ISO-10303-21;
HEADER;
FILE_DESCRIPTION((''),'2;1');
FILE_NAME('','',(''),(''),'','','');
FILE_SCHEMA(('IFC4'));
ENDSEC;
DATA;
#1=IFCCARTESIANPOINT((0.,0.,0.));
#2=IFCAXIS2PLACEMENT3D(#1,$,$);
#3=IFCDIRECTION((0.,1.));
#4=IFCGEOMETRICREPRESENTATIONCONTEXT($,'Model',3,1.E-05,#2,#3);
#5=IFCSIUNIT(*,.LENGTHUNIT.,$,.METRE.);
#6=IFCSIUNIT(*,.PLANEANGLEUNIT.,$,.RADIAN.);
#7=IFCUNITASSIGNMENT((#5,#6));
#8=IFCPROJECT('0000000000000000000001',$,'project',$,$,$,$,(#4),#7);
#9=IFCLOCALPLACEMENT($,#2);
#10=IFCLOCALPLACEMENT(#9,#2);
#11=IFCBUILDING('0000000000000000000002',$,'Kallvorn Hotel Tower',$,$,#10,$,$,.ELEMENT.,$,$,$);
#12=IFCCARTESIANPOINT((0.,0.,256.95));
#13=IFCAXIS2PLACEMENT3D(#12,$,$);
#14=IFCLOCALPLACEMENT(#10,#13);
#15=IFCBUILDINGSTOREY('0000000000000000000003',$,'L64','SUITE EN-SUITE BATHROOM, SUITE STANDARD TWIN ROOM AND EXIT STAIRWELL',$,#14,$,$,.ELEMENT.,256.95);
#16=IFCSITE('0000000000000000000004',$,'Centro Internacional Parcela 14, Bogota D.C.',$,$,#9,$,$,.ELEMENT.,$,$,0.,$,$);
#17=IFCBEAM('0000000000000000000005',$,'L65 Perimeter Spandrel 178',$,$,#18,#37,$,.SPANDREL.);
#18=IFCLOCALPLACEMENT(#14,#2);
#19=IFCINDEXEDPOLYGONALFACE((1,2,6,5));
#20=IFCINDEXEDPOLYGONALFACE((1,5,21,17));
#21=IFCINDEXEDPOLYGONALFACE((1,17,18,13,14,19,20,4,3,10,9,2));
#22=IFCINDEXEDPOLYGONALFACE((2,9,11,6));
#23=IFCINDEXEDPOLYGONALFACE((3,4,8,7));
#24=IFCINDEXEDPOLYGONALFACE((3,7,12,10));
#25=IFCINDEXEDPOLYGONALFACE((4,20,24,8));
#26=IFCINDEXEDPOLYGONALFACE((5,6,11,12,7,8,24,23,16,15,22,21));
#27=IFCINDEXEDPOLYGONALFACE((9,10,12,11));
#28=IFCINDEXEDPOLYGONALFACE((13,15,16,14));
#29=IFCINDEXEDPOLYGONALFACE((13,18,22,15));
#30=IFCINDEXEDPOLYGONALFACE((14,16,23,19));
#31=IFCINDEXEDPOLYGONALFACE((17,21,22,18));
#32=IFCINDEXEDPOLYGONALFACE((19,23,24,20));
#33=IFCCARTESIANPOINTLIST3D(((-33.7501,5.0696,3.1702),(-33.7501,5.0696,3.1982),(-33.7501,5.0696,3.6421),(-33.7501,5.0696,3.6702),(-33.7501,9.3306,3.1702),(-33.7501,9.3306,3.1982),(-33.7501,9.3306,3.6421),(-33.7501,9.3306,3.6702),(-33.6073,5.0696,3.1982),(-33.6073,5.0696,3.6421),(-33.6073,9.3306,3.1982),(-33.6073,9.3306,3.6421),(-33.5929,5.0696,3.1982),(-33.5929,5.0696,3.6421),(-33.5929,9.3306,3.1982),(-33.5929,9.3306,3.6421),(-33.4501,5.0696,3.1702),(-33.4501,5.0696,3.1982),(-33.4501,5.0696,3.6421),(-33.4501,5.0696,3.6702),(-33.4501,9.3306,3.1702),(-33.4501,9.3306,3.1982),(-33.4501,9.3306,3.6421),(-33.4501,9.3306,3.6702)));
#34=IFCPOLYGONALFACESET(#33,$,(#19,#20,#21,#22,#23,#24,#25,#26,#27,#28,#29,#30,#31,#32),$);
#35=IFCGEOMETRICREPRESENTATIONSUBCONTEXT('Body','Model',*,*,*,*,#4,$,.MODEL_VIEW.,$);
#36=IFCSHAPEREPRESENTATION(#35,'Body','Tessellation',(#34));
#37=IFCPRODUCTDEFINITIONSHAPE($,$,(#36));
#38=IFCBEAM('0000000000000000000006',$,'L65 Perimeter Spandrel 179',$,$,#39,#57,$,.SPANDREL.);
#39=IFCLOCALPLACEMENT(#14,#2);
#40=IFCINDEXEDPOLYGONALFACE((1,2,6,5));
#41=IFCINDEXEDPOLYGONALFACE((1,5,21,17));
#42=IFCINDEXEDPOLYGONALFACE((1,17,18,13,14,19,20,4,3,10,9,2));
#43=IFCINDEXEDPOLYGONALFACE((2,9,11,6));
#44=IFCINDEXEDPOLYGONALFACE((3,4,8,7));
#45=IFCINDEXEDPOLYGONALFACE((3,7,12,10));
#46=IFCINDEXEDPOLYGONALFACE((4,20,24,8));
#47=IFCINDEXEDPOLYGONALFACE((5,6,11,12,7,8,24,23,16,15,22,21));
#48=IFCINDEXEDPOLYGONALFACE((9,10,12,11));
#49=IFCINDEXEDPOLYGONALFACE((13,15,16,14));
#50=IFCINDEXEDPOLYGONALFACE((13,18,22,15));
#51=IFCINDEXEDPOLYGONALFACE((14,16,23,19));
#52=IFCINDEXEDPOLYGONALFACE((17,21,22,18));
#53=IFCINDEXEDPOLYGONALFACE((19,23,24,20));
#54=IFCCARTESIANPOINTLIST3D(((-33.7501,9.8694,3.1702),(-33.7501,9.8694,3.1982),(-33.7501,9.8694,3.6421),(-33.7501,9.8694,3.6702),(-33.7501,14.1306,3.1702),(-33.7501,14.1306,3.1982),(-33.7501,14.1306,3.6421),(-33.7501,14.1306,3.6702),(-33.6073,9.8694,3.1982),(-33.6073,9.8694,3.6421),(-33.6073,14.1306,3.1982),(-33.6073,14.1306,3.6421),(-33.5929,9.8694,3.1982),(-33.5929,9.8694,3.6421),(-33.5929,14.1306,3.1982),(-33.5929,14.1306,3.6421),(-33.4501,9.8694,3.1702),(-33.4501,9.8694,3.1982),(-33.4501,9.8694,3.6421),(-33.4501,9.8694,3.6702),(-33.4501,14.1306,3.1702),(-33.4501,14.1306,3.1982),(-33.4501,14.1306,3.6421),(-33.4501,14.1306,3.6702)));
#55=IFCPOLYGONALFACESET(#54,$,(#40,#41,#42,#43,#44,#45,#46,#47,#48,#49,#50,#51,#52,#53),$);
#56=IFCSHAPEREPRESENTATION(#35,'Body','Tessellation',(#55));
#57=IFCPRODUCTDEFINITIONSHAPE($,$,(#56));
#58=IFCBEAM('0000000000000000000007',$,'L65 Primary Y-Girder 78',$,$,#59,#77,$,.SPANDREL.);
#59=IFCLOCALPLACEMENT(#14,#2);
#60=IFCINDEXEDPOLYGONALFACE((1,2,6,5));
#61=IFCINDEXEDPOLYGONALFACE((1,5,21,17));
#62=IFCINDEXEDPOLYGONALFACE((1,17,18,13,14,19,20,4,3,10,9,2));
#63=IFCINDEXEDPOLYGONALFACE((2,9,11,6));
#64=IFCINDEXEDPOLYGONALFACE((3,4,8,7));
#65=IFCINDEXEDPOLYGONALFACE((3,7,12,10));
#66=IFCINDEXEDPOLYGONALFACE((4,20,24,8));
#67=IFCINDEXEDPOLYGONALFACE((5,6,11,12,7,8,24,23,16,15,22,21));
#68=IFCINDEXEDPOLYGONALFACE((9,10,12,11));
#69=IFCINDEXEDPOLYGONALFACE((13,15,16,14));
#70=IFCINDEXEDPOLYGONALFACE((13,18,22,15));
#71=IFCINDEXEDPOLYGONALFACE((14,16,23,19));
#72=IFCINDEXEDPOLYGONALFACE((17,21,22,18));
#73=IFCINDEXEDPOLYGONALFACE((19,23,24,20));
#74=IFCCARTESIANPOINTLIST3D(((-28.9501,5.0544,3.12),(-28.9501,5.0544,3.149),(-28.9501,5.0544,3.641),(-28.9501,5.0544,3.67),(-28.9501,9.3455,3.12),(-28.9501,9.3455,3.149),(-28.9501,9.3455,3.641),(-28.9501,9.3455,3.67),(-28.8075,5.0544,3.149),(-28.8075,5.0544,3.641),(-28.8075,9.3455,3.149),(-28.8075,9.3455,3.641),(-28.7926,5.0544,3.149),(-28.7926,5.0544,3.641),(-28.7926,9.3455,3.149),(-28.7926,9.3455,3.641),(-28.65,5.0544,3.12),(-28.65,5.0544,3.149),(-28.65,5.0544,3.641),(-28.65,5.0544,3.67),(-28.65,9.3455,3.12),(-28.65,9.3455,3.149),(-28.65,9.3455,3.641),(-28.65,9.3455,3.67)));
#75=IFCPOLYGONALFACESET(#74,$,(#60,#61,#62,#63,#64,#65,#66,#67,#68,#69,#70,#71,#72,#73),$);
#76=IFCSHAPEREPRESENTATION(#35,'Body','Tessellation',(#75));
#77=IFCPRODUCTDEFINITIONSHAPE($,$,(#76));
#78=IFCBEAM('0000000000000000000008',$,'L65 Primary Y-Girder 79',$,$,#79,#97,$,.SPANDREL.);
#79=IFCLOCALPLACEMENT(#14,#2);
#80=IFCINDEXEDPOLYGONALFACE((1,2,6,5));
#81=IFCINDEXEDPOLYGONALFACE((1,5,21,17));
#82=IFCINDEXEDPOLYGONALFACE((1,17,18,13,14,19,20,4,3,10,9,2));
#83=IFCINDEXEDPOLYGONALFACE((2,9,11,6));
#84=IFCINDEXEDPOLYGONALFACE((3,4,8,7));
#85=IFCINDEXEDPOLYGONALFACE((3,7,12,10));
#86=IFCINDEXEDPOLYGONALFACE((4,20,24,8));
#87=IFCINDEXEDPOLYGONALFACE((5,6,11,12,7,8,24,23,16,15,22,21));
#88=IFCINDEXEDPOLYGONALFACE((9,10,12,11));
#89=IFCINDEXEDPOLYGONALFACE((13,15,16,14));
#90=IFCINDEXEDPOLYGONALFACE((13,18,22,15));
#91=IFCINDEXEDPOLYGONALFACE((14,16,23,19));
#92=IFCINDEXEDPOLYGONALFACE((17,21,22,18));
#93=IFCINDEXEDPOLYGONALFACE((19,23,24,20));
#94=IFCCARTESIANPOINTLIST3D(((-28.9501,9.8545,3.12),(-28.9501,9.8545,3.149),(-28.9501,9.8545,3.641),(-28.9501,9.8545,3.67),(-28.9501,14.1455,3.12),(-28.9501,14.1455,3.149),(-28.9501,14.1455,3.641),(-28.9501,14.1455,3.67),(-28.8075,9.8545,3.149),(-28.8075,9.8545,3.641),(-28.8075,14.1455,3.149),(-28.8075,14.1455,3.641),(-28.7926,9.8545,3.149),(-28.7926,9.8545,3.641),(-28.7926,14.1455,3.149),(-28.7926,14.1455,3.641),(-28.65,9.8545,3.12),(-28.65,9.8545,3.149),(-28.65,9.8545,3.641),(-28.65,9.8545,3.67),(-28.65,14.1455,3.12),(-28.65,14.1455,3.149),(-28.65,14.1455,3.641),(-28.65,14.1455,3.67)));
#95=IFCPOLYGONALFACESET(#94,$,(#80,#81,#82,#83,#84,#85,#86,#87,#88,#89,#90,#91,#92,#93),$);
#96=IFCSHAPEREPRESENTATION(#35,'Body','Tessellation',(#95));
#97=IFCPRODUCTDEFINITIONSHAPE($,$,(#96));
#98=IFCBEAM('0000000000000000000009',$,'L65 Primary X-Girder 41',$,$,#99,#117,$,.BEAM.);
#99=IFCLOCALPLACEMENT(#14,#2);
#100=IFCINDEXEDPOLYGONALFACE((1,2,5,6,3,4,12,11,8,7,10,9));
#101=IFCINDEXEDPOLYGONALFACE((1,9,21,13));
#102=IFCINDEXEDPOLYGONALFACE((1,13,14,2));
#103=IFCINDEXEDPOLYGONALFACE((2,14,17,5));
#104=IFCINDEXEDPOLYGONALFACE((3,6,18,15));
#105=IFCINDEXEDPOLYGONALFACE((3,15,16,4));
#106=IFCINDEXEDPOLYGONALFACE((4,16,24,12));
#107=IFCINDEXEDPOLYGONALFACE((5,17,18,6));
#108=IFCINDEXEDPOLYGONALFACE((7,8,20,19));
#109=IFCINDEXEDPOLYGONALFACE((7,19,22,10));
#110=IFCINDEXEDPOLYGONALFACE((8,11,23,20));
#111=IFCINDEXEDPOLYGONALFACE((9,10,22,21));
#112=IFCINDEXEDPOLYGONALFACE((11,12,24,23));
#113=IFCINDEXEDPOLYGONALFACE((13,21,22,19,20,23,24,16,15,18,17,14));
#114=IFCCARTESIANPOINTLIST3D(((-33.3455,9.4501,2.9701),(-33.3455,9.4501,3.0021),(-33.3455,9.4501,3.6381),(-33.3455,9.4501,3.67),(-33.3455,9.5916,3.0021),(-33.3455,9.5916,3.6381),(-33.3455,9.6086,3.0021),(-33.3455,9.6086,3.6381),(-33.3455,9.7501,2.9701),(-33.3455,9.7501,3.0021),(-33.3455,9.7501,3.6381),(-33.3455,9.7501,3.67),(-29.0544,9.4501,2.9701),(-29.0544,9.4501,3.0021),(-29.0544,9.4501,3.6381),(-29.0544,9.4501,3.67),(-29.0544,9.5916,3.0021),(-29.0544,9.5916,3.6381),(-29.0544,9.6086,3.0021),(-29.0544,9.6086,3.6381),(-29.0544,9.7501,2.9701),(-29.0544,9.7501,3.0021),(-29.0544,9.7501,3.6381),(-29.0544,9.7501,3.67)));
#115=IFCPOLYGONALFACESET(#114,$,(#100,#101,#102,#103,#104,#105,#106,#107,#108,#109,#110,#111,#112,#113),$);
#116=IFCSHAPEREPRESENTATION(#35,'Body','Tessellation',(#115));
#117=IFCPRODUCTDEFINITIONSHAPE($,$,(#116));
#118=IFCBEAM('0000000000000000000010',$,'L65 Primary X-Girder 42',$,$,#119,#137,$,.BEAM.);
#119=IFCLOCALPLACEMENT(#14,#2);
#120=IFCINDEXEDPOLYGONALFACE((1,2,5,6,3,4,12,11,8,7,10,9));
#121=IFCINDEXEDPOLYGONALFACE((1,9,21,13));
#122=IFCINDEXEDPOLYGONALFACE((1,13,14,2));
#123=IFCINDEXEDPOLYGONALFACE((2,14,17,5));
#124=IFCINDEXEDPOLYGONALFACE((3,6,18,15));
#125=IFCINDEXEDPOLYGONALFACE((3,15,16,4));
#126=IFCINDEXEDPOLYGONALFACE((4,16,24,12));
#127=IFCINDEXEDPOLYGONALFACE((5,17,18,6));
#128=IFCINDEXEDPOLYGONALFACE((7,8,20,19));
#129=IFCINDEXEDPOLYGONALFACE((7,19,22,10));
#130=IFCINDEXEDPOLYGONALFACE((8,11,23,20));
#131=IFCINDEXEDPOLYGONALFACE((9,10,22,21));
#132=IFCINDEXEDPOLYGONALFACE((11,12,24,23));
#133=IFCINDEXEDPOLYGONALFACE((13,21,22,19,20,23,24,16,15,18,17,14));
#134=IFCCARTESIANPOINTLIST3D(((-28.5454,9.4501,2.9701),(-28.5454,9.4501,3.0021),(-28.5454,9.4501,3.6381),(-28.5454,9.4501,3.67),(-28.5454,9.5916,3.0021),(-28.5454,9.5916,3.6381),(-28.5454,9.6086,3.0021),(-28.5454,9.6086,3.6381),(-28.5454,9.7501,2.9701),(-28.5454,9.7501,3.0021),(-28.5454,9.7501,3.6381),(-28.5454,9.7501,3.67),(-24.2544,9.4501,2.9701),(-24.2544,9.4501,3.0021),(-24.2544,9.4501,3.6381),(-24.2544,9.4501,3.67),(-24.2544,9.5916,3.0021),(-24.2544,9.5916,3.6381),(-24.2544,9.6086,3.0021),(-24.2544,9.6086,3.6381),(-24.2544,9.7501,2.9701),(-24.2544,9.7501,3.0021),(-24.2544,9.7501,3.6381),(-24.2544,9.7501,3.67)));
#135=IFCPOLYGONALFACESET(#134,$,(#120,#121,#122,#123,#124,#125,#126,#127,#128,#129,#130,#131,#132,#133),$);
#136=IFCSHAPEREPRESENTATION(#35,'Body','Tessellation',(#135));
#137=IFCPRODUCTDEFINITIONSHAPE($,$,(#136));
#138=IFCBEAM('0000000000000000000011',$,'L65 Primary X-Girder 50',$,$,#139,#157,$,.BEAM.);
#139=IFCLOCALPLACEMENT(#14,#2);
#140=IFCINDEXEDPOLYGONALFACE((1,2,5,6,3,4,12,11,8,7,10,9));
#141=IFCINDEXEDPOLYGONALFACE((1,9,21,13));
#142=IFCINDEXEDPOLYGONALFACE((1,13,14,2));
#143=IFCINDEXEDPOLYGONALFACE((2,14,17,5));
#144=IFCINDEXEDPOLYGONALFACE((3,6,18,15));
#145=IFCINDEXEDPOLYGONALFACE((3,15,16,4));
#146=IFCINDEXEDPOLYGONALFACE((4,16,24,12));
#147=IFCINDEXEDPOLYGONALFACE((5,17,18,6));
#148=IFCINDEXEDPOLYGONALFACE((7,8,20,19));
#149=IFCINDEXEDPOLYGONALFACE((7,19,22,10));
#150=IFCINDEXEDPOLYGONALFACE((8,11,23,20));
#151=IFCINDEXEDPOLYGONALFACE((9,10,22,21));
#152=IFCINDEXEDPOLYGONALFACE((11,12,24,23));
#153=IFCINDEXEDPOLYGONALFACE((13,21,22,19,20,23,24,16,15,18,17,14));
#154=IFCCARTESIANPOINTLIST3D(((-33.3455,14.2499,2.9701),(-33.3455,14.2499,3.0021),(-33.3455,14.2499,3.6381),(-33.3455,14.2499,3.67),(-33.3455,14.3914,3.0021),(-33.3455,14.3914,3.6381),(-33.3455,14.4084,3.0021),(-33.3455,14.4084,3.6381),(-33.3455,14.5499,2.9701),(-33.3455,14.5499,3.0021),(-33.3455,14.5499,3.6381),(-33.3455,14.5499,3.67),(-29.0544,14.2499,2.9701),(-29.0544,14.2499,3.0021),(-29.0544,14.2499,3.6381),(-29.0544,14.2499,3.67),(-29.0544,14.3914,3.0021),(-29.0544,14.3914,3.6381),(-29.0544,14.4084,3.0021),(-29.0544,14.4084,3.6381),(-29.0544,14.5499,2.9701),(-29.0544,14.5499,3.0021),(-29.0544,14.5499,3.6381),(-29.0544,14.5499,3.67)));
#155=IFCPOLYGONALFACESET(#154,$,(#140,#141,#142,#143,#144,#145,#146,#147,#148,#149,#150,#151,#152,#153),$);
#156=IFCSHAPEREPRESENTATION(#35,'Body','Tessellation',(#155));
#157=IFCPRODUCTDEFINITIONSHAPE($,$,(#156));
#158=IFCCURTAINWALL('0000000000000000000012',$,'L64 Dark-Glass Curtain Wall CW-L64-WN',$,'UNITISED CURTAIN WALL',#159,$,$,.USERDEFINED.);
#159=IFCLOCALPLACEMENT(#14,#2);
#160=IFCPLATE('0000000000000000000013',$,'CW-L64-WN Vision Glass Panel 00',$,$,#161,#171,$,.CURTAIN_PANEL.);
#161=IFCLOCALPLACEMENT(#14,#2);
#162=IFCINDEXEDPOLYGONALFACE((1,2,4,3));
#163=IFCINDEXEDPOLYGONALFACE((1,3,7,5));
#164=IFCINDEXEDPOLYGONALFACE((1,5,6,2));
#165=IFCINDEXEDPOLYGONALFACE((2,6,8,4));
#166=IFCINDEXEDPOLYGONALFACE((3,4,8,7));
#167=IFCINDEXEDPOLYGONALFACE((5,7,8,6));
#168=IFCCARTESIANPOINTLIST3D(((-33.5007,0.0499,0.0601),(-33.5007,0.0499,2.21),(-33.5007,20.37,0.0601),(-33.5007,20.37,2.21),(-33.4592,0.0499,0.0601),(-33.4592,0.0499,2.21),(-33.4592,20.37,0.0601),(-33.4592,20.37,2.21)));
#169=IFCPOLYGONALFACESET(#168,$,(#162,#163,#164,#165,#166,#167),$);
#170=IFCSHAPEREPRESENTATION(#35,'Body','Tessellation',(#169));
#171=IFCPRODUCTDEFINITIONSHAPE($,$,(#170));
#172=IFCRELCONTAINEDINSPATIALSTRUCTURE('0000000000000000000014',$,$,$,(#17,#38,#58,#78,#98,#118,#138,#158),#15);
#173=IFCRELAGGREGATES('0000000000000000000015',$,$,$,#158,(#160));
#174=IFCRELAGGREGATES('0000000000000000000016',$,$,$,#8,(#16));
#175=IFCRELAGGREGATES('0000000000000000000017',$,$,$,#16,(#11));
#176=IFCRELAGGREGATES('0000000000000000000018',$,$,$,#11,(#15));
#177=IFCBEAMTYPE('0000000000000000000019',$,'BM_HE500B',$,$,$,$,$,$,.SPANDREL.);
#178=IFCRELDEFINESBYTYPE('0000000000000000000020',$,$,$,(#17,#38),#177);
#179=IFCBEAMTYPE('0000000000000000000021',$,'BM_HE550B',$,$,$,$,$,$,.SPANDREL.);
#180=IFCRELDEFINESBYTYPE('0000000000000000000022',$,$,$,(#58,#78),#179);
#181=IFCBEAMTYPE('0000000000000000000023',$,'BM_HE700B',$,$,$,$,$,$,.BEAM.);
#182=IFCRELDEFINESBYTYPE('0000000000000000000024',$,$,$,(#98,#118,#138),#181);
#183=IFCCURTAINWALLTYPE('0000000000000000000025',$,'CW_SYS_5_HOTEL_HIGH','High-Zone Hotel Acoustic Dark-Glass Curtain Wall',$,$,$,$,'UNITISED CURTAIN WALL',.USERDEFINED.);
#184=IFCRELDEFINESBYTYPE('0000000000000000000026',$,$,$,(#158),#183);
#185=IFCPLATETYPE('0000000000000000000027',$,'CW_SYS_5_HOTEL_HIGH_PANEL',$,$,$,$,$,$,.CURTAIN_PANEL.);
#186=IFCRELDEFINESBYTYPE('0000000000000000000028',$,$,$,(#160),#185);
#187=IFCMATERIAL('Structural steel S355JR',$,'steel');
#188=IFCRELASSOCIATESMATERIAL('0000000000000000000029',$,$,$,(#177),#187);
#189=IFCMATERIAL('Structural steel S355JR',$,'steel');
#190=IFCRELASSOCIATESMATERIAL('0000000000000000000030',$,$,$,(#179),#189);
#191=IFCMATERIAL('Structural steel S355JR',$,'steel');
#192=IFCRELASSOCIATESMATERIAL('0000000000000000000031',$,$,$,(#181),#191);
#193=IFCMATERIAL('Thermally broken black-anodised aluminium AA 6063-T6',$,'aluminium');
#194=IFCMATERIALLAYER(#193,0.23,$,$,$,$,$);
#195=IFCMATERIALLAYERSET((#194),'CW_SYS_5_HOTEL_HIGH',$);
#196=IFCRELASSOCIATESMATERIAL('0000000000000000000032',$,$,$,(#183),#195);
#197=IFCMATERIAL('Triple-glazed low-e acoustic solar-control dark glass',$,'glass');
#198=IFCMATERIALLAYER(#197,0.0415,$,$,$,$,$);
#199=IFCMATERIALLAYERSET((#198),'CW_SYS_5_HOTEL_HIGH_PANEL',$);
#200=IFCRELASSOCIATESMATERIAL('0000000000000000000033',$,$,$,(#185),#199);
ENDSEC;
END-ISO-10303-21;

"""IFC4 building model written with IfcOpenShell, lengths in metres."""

from ifc_helpers import new_model, si_unit, direction, frame, origin, origin_2d, place, context, subcontext, project, spatial, rectangle, i_section, extrude, material, layer, layer_set, material_profile, profile_set, type_object, element, aggregate, save


model = new_model("IFC4")

# Units and contexts
model_context = context("Model", 3, precision=1e-05, world=origin(), true_north=direction((0.0, 1.0)))
body_context = subcontext(model_context, "Body", "Model", "MODEL_VIEW")
ifc_project = project(units=[si_unit("LENGTHUNIT", "METRE"), si_unit("PLANEANGLEUNIT", "RADIAN")], contexts=[model_context])

# Site, building, storey
site_placement = place(None, origin())
site = spatial("IfcSite", under=ifc_project, at=site_placement, Name="Centro Internacional Parcela 14, Bogota D.C.", CompositionType="ELEMENT", RefElevation=0.0)
building_placement = place(site_placement, origin())
building = spatial("IfcBuilding", under=site, at=building_placement, Name="Kallvorn Hotel Tower", CompositionType="ELEMENT")
storey_placement = place(building_placement, frame((0.0, 0.0, 256.95)))
storey = spatial("IfcBuildingStorey", under=building, at=storey_placement, Name="L64", Description="SUITE EN-SUITE BATHROOM, SUITE STANDARD TWIN ROOM AND EXIT STAIRWELL", CompositionType="ELEMENT", Elevation=256.95)

# Beams
ifc_material_1 = material(Name="Structural steel S355JR", Category="steel")
ifc_material_profile_1 = material_profile(ifc_material_1, i_section(OverallWidth=0.3, OverallDepth=0.5, WebThickness=0.0144, FlangeThickness=0.0281, at=origin_2d()), Name="HE 500 B")
ifc_profile_set_1 = profile_set([ifc_material_profile_1], Name="Structural steel S355JR")
beam_type_1 = type_object("IfcBeamType", Name="BM_HE500B", PredefinedType="SPANDREL", material=ifc_profile_set_1)
beam_1_placement = place(storey_placement, frame((-33.6001, 5.0696, 3.4202), z_axis=(0.0, 1.0, 0.0), x_axis=(-1.0, 0.0, 0.0)))
element("IfcBeam", 1, at=beam_1_placement, inside=storey, type_object=beam_type_1, Name="L65 Perimeter Spandrel 178", PredefinedType="SPANDREL", context=body_context, shape_type="SweptSolid", body=[
    extrude(i_section(OverallWidth=0.3, OverallDepth=0.5, WebThickness=0.0144, FlangeThickness=0.0281, at=origin_2d()), origin(), (0.0, 0.0, 1.0), 4.261),
])
beam_2_placement = place(storey_placement, frame((-33.6001, 9.8694, 3.4202), z_axis=(0.0, 1.0, 0.0), x_axis=(-1.0, 0.0, 0.0)))
element("IfcBeam", 2, at=beam_2_placement, inside=storey, type_object=beam_type_1, Name="L65 Perimeter Spandrel 179", PredefinedType="SPANDREL", context=body_context, shape_type="SweptSolid", body=[
    extrude(i_section(OverallWidth=0.3, OverallDepth=0.5, WebThickness=0.0144, FlangeThickness=0.0281, at=origin_2d()), origin(), (0.0, 0.0, 1.0), 4.2612),
])
ifc_material_2 = material(Name="Structural steel S355JR", Category="steel")
ifc_material_profile_2 = material_profile(ifc_material_2, i_section(OverallWidth=0.3, OverallDepth=0.55, WebThickness=0.0149, FlangeThickness=0.0291, at=origin_2d()), Name="HE 550 B")
ifc_profile_set_2 = profile_set([ifc_material_profile_2], Name="Structural steel S355JR")
beam_type_2 = type_object("IfcBeamType", Name="BM_HE550B", PredefinedType="SPANDREL", material=ifc_profile_set_2)
for number, where, z_axis, x_axis, name in (
    (3, (-28.8, 5.0544, 3.395), (0.0, 1.0, 0.0), (-1.0, 0.0, 0.0), "L65 Primary Y-Girder 78"),
    (4, (-28.8, 9.8545, 3.395), (0.0, 1.0, 0.0), (-1.0, 0.0, 0.0), "L65 Primary Y-Girder 79"),
):
    element("IfcBeam", number, at=place(storey_placement, frame(where, z_axis=z_axis, x_axis=x_axis)), inside=storey, type_object=beam_type_2, Name=name, PredefinedType="SPANDREL", context=body_context, shape_type="SweptSolid", body=[
        extrude(i_section(OverallWidth=0.3, OverallDepth=0.55, WebThickness=0.0149, FlangeThickness=0.0291, at=origin_2d()), origin(), (0.0, 0.0, 1.0), 4.291),
    ])
ifc_material_3 = material(Name="Structural steel S355JR", Category="steel")
ifc_material_profile_3 = material_profile(ifc_material_3, i_section(OverallWidth=0.3, OverallDepth=0.7, WebThickness=0.0171, FlangeThickness=0.032, at=origin_2d()), Name="HE 700 B")
ifc_profile_set_3 = profile_set([ifc_material_profile_3], Name="Structural steel S355JR")
beam_type_3 = type_object("IfcBeamType", Name="BM_HE700B", PredefinedType="BEAM", material=ifc_profile_set_3)
for number, where, z_axis, x_axis, name in (
    (5, (-33.3455, 9.6001, 3.3201), (1.0, 0.0, 0.0), (0.0, 1.0, 0.0), "L65 Primary X-Girder 41"),
    (6, (-28.5454, 9.6001, 3.3201), (1.0, 0.0, 0.0), (0.0, 1.0, 0.0), "L65 Primary X-Girder 42"),
    (7, (-33.3455, 14.3999, 3.3201), (1.0, 0.0, 0.0), (0.0, 1.0, 0.0), "L65 Primary X-Girder 50"),
):
    element("IfcBeam", number, at=place(storey_placement, frame(where, z_axis=z_axis, x_axis=x_axis)), inside=storey, type_object=beam_type_3, Name=name, PredefinedType="BEAM", context=body_context, shape_type="SweptSolid", body=[
        extrude(i_section(OverallWidth=0.3, OverallDepth=0.7, WebThickness=0.0171, FlangeThickness=0.032, at=origin_2d()), origin(), (0.0, 0.0, 1.0), 4.291),
    ])

# Curtain wall, plate
ifc_material_4 = material(Name="Thermally broken black-anodised aluminium AA 6063-T6", Category="aluminium")
ifc_layer_1 = layer(ifc_material_4, 0.23)
ifc_layer_set_1 = layer_set([ifc_layer_1], Name="CW_SYS_5_HOTEL_HIGH")
curtain_wall_type = type_object("IfcCurtainWallType", Name="CW_SYS_5_HOTEL_HIGH", Description="High-Zone Hotel Acoustic Dark-Glass Curtain Wall", ElementType="UNITISED CURTAIN WALL", PredefinedType="USERDEFINED", material=ifc_layer_set_1)
curtain_wall_placement = place(storey_placement, origin())
curtain_wall = element("IfcCurtainWall", 8, at=curtain_wall_placement, inside=storey, type_object=curtain_wall_type, Name="L64 Dark-Glass Curtain Wall CW-L64-WN", ObjectType="UNITISED CURTAIN WALL", PredefinedType="USERDEFINED")
ifc_material_5 = material(Name="Triple-glazed low-e acoustic solar-control dark glass", Category="glass")
ifc_layer_2 = layer(ifc_material_5, 0.0415)
ifc_layer_set_2 = layer_set([ifc_layer_2], Name="CW_SYS_5_HOTEL_HIGH_PANEL")
plate_type = type_object("IfcPlateType", Name="CW_SYS_5_HOTEL_HIGH_PANEL", PredefinedType="CURTAIN_PANEL", material=ifc_layer_set_2)
plate_placement = place(storey_placement, frame((-33.48, 10.21, 0.0601), z_axis=(0.0, 0.0, 1.0), x_axis=(0.0, 1.0, 0.0)))
plate = element("IfcPlate", 9, at=plate_placement, type_object=plate_type, Name="CW-L64-WN Vision Glass Panel 00", PredefinedType="CURTAIN_PANEL", context=body_context, shape_type="SweptSolid", body=[
    extrude(rectangle(XDim=20.3201, YDim=0.0415, at=origin_2d()), origin(), (0.0, 0.0, 1.0), 2.1499),
])
aggregate(curtain_wall, [plate])

save(model, "model.ifc")
